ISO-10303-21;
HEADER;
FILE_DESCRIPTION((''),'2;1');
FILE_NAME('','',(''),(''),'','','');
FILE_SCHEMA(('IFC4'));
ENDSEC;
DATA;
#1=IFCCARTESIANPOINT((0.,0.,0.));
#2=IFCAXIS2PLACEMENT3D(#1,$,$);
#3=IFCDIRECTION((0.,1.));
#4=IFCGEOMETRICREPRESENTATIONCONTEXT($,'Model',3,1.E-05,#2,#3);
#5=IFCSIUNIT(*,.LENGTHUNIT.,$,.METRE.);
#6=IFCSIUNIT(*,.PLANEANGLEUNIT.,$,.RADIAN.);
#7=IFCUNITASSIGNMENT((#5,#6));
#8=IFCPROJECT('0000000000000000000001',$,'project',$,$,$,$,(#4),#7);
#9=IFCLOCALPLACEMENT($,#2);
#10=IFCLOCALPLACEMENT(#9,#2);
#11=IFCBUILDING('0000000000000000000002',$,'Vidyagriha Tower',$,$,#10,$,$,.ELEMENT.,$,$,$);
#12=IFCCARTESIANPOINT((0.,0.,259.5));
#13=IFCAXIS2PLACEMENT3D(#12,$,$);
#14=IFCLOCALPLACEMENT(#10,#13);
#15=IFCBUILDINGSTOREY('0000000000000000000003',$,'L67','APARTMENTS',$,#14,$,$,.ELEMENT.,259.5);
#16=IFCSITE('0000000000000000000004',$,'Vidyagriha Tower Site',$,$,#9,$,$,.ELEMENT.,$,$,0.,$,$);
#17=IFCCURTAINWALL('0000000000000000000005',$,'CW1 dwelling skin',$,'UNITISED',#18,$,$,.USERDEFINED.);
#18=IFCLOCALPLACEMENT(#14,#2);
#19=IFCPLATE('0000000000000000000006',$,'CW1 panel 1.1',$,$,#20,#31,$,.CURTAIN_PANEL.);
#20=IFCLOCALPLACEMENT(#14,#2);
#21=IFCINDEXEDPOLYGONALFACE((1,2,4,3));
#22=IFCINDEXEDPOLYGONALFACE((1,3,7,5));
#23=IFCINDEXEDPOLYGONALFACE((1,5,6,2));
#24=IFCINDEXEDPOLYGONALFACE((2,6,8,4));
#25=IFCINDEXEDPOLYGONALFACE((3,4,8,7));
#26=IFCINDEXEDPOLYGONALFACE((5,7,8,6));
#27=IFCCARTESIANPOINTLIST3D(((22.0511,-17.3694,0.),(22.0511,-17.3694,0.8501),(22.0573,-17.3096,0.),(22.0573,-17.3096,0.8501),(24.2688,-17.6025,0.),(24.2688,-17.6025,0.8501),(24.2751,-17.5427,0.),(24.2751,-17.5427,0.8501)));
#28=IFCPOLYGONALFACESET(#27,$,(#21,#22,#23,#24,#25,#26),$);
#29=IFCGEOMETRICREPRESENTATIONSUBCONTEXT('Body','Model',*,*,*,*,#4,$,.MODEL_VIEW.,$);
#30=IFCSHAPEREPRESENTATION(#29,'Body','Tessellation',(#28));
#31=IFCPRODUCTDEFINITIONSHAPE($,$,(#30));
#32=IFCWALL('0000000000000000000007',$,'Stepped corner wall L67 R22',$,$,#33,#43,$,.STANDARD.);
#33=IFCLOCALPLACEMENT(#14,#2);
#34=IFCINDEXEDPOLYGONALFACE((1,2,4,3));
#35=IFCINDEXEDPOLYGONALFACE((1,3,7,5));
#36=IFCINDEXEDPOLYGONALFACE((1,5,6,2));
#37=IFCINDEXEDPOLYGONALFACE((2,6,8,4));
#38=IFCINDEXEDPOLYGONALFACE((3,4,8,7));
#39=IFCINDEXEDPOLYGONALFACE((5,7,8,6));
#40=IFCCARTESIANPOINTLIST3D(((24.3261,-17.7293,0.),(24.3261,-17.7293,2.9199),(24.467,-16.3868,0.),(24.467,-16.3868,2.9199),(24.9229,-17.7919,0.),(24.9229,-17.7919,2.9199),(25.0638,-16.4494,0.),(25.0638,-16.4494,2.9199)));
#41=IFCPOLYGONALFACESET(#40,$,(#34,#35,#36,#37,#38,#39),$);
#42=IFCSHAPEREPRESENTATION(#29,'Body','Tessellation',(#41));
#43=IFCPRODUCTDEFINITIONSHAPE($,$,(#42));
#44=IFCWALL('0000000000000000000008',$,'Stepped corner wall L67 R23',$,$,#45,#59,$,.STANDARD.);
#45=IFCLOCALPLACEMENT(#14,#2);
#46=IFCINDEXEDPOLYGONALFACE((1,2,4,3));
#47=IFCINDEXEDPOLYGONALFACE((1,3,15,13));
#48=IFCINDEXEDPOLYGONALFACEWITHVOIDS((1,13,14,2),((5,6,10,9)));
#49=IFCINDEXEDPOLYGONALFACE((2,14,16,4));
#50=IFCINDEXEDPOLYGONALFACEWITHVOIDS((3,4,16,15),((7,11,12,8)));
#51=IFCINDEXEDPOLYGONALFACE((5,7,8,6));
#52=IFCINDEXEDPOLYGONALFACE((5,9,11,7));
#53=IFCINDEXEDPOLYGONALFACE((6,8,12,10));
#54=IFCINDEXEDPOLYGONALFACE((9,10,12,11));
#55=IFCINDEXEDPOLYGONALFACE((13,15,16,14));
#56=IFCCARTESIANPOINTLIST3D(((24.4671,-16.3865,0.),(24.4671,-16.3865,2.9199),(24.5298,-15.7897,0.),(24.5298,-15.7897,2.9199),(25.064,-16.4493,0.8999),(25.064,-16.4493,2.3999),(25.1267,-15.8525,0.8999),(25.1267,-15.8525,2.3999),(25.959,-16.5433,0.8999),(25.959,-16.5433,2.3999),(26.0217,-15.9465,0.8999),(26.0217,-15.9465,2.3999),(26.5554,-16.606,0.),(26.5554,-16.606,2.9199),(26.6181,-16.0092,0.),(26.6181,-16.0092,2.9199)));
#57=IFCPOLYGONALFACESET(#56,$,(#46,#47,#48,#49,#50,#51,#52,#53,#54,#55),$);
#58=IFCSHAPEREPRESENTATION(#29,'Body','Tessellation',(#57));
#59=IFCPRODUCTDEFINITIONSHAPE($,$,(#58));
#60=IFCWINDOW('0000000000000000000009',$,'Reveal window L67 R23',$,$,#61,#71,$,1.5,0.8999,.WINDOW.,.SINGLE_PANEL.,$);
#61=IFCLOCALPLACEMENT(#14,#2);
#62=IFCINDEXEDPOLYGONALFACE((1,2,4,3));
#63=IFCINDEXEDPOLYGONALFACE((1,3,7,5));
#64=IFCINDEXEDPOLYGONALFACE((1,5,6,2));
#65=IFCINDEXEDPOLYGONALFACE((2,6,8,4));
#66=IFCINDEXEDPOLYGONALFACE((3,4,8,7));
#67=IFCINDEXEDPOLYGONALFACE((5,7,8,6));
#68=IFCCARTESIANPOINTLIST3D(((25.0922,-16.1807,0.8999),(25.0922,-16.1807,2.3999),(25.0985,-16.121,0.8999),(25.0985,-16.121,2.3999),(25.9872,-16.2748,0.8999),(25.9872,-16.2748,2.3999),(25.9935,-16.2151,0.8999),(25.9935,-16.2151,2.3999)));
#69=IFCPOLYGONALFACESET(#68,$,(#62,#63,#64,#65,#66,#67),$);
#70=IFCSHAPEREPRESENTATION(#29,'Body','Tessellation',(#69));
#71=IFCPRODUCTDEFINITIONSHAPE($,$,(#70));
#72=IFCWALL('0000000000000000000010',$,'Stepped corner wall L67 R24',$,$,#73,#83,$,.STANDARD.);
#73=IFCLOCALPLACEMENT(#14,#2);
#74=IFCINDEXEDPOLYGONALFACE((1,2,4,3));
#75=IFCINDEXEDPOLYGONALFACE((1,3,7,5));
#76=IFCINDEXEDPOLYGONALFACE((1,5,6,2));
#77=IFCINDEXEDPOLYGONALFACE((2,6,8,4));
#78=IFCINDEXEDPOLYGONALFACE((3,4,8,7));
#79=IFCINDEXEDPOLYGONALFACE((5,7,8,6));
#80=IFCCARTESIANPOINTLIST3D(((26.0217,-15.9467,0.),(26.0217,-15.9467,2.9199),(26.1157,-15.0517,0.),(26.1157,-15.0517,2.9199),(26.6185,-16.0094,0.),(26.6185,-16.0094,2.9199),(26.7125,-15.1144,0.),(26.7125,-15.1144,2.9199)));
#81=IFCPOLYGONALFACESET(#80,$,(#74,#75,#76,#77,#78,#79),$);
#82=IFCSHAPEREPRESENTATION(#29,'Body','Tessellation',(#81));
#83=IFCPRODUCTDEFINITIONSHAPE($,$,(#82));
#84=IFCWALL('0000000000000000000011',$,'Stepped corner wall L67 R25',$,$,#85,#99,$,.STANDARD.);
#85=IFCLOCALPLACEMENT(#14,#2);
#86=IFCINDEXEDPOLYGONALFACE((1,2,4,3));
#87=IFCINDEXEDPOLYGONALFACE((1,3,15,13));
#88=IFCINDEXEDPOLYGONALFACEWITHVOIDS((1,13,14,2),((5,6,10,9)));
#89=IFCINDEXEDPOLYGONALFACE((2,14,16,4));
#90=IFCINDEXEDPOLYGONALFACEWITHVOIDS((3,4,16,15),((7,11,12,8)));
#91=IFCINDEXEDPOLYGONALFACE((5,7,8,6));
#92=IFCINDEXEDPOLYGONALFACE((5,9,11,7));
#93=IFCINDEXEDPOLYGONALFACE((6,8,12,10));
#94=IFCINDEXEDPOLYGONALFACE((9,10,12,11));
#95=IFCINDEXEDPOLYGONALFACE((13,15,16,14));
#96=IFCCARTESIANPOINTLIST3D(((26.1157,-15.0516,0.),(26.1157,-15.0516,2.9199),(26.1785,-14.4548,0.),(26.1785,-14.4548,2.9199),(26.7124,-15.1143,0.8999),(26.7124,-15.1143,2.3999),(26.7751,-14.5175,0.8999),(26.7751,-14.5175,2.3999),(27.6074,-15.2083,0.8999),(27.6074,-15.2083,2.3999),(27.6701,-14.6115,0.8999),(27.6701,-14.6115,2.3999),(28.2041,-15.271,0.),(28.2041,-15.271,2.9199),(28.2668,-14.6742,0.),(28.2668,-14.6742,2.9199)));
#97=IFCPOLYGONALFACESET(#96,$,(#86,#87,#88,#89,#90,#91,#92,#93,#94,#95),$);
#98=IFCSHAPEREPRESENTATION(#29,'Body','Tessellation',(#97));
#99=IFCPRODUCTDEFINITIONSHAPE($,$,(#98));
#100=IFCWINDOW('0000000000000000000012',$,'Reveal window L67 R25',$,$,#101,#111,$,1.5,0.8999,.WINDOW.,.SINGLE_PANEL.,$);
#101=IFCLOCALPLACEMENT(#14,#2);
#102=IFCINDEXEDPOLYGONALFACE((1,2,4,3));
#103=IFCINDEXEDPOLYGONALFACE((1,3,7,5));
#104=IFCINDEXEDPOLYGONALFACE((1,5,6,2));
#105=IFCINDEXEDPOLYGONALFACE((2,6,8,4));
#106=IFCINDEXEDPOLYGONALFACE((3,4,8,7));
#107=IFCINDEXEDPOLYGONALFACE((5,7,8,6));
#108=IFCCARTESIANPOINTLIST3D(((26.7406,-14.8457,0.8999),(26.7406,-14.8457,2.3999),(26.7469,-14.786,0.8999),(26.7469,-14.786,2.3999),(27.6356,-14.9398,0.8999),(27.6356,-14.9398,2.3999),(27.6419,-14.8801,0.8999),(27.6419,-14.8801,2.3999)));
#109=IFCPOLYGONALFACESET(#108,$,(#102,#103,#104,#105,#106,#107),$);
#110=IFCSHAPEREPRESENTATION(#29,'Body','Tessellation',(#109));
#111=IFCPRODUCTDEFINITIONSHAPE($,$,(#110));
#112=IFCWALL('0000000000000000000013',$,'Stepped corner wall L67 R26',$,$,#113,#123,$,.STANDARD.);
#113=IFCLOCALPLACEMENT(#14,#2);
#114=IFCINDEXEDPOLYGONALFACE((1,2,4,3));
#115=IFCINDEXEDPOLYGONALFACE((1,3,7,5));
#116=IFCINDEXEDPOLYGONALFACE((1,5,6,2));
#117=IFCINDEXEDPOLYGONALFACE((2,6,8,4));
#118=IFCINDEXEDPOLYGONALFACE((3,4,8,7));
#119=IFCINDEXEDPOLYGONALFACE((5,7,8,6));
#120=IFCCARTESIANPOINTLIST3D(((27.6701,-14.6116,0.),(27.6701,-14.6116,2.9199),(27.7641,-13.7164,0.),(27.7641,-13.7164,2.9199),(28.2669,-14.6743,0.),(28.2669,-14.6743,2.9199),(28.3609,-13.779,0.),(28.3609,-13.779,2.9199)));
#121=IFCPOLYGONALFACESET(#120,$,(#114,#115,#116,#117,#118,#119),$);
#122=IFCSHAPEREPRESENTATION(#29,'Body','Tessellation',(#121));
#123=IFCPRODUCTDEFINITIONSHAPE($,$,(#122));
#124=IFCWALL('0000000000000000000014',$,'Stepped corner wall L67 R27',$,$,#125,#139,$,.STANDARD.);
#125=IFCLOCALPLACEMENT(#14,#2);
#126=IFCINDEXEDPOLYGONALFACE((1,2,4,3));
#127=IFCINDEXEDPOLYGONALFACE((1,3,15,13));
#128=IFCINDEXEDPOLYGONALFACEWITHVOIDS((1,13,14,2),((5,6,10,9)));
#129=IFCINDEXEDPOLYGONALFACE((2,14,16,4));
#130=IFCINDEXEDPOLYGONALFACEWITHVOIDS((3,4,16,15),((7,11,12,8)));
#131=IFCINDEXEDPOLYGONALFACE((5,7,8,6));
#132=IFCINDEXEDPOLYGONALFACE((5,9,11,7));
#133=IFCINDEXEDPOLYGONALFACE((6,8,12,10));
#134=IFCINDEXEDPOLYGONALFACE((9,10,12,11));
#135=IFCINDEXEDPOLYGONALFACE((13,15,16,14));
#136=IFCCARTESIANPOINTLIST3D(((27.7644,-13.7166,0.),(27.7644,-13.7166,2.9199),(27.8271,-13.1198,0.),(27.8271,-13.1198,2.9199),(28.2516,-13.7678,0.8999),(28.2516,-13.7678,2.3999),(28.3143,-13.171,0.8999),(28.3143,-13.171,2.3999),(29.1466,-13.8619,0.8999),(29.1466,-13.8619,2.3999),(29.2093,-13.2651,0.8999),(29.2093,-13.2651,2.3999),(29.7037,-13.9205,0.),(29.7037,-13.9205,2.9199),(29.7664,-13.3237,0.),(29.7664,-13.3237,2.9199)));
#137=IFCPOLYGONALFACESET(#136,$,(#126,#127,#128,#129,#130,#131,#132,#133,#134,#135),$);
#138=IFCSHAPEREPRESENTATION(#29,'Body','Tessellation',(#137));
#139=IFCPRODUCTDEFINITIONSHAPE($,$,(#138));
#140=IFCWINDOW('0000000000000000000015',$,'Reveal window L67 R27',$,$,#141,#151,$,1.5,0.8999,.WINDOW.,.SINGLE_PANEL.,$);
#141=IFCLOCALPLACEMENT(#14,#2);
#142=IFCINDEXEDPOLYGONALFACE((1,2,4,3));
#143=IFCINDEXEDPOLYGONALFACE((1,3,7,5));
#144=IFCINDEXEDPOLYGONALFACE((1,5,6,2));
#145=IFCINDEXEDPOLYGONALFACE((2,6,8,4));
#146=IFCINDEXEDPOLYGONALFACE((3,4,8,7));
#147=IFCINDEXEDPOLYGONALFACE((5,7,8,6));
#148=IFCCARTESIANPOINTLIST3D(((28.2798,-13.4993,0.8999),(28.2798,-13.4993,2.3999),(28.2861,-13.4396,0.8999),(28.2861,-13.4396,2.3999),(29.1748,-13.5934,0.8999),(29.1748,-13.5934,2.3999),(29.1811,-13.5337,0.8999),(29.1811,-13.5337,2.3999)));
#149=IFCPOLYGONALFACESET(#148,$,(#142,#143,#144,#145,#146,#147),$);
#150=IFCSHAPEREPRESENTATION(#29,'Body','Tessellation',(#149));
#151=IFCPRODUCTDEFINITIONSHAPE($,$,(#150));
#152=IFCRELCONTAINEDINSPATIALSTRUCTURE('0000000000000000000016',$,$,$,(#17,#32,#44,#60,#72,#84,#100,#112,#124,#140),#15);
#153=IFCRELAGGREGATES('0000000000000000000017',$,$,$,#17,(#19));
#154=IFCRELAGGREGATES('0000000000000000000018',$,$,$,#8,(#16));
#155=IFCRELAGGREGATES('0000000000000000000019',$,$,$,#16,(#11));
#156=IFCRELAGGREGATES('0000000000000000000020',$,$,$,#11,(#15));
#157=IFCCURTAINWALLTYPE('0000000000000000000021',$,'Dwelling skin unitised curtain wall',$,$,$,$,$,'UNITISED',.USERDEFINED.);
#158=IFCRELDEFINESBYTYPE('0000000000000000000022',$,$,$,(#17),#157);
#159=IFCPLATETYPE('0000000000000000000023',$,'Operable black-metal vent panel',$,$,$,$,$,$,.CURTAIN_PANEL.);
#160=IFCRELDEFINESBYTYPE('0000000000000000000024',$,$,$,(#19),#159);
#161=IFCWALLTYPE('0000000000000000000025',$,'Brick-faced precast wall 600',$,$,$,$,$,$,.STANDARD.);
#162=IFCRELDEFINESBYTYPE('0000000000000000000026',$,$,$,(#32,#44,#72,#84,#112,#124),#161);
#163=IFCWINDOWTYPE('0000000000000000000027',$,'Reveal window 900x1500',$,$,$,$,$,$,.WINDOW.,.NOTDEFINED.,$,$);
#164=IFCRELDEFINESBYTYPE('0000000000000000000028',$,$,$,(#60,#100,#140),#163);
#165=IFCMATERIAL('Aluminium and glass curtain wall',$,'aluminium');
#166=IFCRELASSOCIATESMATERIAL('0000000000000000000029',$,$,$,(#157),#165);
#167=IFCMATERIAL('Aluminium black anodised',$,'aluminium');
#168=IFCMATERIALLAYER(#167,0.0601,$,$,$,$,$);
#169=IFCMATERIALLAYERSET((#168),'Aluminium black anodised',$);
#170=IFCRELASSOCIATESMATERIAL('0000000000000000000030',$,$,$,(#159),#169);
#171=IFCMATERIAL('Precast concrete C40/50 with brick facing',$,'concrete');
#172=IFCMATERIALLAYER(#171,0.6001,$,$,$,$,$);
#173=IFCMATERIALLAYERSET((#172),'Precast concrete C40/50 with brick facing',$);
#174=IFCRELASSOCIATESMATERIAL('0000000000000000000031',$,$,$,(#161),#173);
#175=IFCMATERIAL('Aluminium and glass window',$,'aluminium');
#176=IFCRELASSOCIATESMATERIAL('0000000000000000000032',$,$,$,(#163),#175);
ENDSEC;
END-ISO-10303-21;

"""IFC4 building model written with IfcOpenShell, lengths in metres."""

from ifc_helpers import new_model, si_unit, direction, frame, frame_2d, origin, origin_2d, place, context, subcontext, project, spatial, rectangle, extrude, material, layer, layer_set, type_object, element, fill, aggregate, save


model = new_model("IFC4")

# Units and contexts
model_context = context("Model", 3, precision=1e-05, world=origin(), true_north=direction((0.0, 1.0)))
body_context = subcontext(model_context, "Body", "Model", "MODEL_VIEW")
ifc_project = project(units=[si_unit("LENGTHUNIT", "METRE"), si_unit("PLANEANGLEUNIT", "RADIAN")], contexts=[model_context])

# Site, building, storey
site_placement = place(None, origin())
site = spatial("IfcSite", under=ifc_project, at=site_placement, Name="Vidyagriha Tower Site", CompositionType="ELEMENT", RefElevation=0.0)
building_placement = place(site_placement, origin())
building = spatial("IfcBuilding", under=site, at=building_placement, Name="Vidyagriha Tower", CompositionType="ELEMENT")
storey_placement = place(building_placement, frame((0.0, 0.0, 259.5)))
storey = spatial("IfcBuildingStorey", under=building, at=storey_placement, Name="L67", Description="APARTMENTS", CompositionType="ELEMENT", Elevation=259.5)

# Curtain wall
ifc_material_1 = material(Name="Aluminium and glass curtain wall", Category="aluminium")
curtain_wall_type = type_object("IfcCurtainWallType", Name="Dwelling skin unitised curtain wall", ElementType="UNITISED", PredefinedType="USERDEFINED", material=ifc_material_1)
curtain_wall_1_placement = place(storey_placement, origin())
curtain_wall_1 = element("IfcCurtainWall", 1, at=curtain_wall_1_placement, inside=storey, type_object=curtain_wall_type, Name="CW1 dwelling skin", ObjectType="UNITISED", PredefinedType="USERDEFINED")

# Plate
ifc_material_2 = material(Name="Aluminium black anodised", Category="aluminium")
ifc_layer_1 = layer(ifc_material_2, 0.0601)
ifc_layer_set_1 = layer_set([ifc_layer_1], Name="Aluminium black anodised")
plate_type_1 = type_object("IfcPlateType", Name="Operable black-metal vent panel", PredefinedType="CURTAIN_PANEL", material=ifc_layer_set_1)
plate_1_placement = place(storey_placement, frame((23.1631, -17.4561, 0.0), z_axis=(0.0, 0.0, 1.0), x_axis=(0.994523, -0.104522, 0.0)))
plate_1 = element("IfcPlate", 2, at=plate_1_placement, type_object=plate_type_1, Name="CW1 panel 1.1", PredefinedType="CURTAIN_PANEL", context=body_context, shape_type="SweptSolid", body=[
    extrude(rectangle(XDim=2.23, YDim=0.0601, at=origin_2d()), origin(), (0.0, 0.0, 1.0), 0.8501),
])
aggregate(curtain_wall_1, [plate_1])

# Wall
ifc_material_3 = material(Name="Precast concrete C40/50 with brick facing", Category="concrete")
ifc_layer_2 = layer(ifc_material_3, 0.6001)
ifc_layer_set_2 = layer_set([ifc_layer_2], Name="Precast concrete C40/50 with brick facing")
wall_type = type_object("IfcWallType", Name="Brick-faced precast wall 600", PredefinedType="STANDARD", material=ifc_layer_set_2)
wall_1_placement = place(storey_placement, frame((24.6245, -17.7605, 0.0), z_axis=(0.0, 0.0, 1.0), x_axis=(0.104355, 0.99454, 0.0)))
element("IfcWall", 3, at=wall_1_placement, inside=storey, type_object=wall_type, Name="Stepped corner wall L67 R22", PredefinedType="STANDARD", context=body_context, shape_type="SweptSolid", body=[
    extrude(rectangle(XDim=1.3499, YDim=0.6001, at=frame_2d((0.6748, 0.0))), origin(), (0.0, 0.0, 1.0), 2.9199),
])

# Wall, opening, window
wall_2_placement = place(storey_placement, frame((24.4985, -16.0881, 0.0), z_axis=(0.0, 0.0, 1.0), x_axis=(0.994523, -0.104521, 0.0)))
wall_2 = element("IfcWall", 4, at=wall_2_placement, inside=storey, type_object=wall_type, Name="Stepped corner wall L67 R23", PredefinedType="STANDARD", context=body_context, shape_type="SweptSolid", body=[
    extrude(rectangle(XDim=2.0999, YDim=0.6001, at=frame_2d((1.0498, 0.0))), origin(), (0.0, 0.0, 1.0), 2.9199),
])
opening_1_placement = place(wall_2_placement, frame((0.6001, 0.0, 0.8999)))
opening_1 = element("IfcOpeningElement", 5, at=opening_1_placement, cuts=wall_2, PredefinedType="OPENING", context=body_context, shape_type="SweptSolid", body=[
    extrude(rectangle(XDim=0.8999, YDim=1.5, at=frame_2d((0.45, 0.75))), frame((0.0, 0.3101, 0.0), z_axis=(0.0, -1.0, 0.0), x_axis=(1.0, 0.0, 0.0)), (0.0, 0.0, 1.0), 0.6201),
])
ifc_material_4 = material(Name="Aluminium and glass window", Category="aluminium")
window_type = type_object("IfcWindowType", Name="Reveal window 900x1500", PartitioningType="NOTDEFINED", PredefinedType="WINDOW", material=ifc_material_4)
window_1_placement = place(opening_1_placement, origin())
window_1 = element("IfcWindow", 6, at=window_1_placement, inside=storey, type_object=window_type, Name="Reveal window L67 R23", OverallHeight=1.5, OverallWidth=0.8999, PartitioningType="SINGLE_PANEL", PredefinedType="WINDOW", context=body_context, shape_type="SweptSolid", body=[
    extrude(rectangle(XDim=0.8999, YDim=1.5, at=frame_2d((0.45, 0.75))), frame((0.0, 0.03, 0.0), z_axis=(0.0, -1.0, 0.0), x_axis=(1.0, 0.0, 0.0)), (0.0, 0.0, 1.0), 0.0601),
])
fill(opening_1, window_1)

# Wall
wall_3_placement = place(storey_placement, frame((26.3201, -15.978, 0.0), z_axis=(0.0, 0.0, 1.0), x_axis=(0.104445, 0.994531, 0.0)))
element("IfcWall", 7, at=wall_3_placement, inside=storey, type_object=wall_type, Name="Stepped corner wall L67 R24", PredefinedType="STANDARD", context=body_context, shape_type="SweptSolid", body=[
    extrude(rectangle(XDim=0.8999, YDim=0.6001, at=frame_2d((0.45, 0.0))), origin(), (0.0, 0.0, 1.0), 2.9199),
])

# Wall, opening, window
wall_4_placement = place(storey_placement, frame((26.1472, -14.7532, 0.0), z_axis=(0.0, 0.0, 1.0), x_axis=(0.994523, -0.104521, 0.0)))
wall_4 = element("IfcWall", 8, at=wall_4_placement, inside=storey, type_object=wall_type, Name="Stepped corner wall L67 R25", PredefinedType="STANDARD", context=body_context, shape_type="SweptSolid", body=[
    extrude(rectangle(XDim=2.0999, YDim=0.6001, at=frame_2d((1.0498, 0.0))), origin(), (0.0, 0.0, 1.0), 2.9199),
])
opening_2_placement = place(wall_4_placement, frame((0.5999, 0.0, 0.8999)))
opening_2 = element("IfcOpeningElement", 9, at=opening_2_placement, cuts=wall_4, PredefinedType="OPENING", context=body_context, shape_type="SweptSolid", body=[
    extrude(rectangle(XDim=0.8999, YDim=1.5, at=frame_2d((0.45, 0.75))), frame((0.0, 0.3101, 0.0), z_axis=(0.0, -1.0, 0.0), x_axis=(1.0, 0.0, 0.0)), (0.0, 0.0, 1.0), 0.6201),
])
window_2_placement = place(opening_2_placement, origin())
window_2 = element("IfcWindow", 10, at=window_2_placement, inside=storey, type_object=window_type, Name="Reveal window L67 R25", OverallHeight=1.5, OverallWidth=0.8999, PartitioningType="SINGLE_PANEL", PredefinedType="WINDOW", context=body_context, shape_type="SweptSolid", body=[
    extrude(rectangle(XDim=0.8999, YDim=1.5, at=frame_2d((0.45, 0.75))), frame((0.0, 0.03, 0.0), z_axis=(0.0, -1.0, 0.0), x_axis=(1.0, 0.0, 0.0)), (0.0, 0.0, 1.0), 0.0601),
])
fill(opening_2, window_2)

# Wall
wall_5_placement = place(storey_placement, frame((27.9685, -14.6431, 0.0), z_axis=(0.0, 0.0, 1.0), x_axis=(0.104417, 0.994534, 0.0)))
element("IfcWall", 11, at=wall_5_placement, inside=storey, type_object=wall_type, Name="Stepped corner wall L67 R26", PredefinedType="STANDARD", context=body_context, shape_type="SweptSolid", body=[
    extrude(rectangle(XDim=0.9001, YDim=0.6001, at=frame_2d((0.4502, 0.0))), origin(), (0.0, 0.0, 1.0), 2.9199),
])

# Wall, opening, window
wall_6_placement = place(storey_placement, frame((27.7957, -13.4182, 0.0), z_axis=(0.0, 0.0, 1.0), x_axis=(0.99452, -0.104548, 0.0)))
wall_6 = element("IfcWall", 12, at=wall_6_placement, inside=storey, type_object=wall_type, Name="Stepped corner wall L67 R27", PredefinedType="STANDARD", context=body_context, shape_type="SweptSolid", body=[
    extrude(rectangle(XDim=1.95, YDim=0.6001, at=frame_2d((0.9751, 0.0))), origin(), (0.0, 0.0, 1.0), 2.9199),
])
opening_3_placement = place(wall_6_placement, frame((0.49, 0.0, 0.8999)))
opening_3 = element("IfcOpeningElement", 13, at=opening_3_placement, cuts=wall_6, PredefinedType="OPENING", context=body_context, shape_type="SweptSolid", body=[
    extrude(rectangle(XDim=0.8999, YDim=1.5, at=frame_2d((0.45, 0.75))), frame((0.0, 0.3101, 0.0), z_axis=(0.0, -1.0, 0.0), x_axis=(1.0, 0.0, 0.0)), (0.0, 0.0, 1.0), 0.6201),
])
window_3_placement = place(opening_3_placement, origin())
window_3 = element("IfcWindow", 14, at=window_3_placement, inside=storey, type_object=window_type, Name="Reveal window L67 R27", OverallHeight=1.5, OverallWidth=0.8999, PartitioningType="SINGLE_PANEL", PredefinedType="WINDOW", context=body_context, shape_type="SweptSolid", body=[
    extrude(rectangle(XDim=0.8999, YDim=1.5, at=frame_2d((0.45, 0.75))), frame((0.0, 0.03, 0.0), z_axis=(0.0, -1.0, 0.0), x_axis=(1.0, 0.0, 0.0)), (0.0, 0.0, 1.0), 0.0601),
])
fill(opening_3, window_3)

save(model, "model.ifc")
